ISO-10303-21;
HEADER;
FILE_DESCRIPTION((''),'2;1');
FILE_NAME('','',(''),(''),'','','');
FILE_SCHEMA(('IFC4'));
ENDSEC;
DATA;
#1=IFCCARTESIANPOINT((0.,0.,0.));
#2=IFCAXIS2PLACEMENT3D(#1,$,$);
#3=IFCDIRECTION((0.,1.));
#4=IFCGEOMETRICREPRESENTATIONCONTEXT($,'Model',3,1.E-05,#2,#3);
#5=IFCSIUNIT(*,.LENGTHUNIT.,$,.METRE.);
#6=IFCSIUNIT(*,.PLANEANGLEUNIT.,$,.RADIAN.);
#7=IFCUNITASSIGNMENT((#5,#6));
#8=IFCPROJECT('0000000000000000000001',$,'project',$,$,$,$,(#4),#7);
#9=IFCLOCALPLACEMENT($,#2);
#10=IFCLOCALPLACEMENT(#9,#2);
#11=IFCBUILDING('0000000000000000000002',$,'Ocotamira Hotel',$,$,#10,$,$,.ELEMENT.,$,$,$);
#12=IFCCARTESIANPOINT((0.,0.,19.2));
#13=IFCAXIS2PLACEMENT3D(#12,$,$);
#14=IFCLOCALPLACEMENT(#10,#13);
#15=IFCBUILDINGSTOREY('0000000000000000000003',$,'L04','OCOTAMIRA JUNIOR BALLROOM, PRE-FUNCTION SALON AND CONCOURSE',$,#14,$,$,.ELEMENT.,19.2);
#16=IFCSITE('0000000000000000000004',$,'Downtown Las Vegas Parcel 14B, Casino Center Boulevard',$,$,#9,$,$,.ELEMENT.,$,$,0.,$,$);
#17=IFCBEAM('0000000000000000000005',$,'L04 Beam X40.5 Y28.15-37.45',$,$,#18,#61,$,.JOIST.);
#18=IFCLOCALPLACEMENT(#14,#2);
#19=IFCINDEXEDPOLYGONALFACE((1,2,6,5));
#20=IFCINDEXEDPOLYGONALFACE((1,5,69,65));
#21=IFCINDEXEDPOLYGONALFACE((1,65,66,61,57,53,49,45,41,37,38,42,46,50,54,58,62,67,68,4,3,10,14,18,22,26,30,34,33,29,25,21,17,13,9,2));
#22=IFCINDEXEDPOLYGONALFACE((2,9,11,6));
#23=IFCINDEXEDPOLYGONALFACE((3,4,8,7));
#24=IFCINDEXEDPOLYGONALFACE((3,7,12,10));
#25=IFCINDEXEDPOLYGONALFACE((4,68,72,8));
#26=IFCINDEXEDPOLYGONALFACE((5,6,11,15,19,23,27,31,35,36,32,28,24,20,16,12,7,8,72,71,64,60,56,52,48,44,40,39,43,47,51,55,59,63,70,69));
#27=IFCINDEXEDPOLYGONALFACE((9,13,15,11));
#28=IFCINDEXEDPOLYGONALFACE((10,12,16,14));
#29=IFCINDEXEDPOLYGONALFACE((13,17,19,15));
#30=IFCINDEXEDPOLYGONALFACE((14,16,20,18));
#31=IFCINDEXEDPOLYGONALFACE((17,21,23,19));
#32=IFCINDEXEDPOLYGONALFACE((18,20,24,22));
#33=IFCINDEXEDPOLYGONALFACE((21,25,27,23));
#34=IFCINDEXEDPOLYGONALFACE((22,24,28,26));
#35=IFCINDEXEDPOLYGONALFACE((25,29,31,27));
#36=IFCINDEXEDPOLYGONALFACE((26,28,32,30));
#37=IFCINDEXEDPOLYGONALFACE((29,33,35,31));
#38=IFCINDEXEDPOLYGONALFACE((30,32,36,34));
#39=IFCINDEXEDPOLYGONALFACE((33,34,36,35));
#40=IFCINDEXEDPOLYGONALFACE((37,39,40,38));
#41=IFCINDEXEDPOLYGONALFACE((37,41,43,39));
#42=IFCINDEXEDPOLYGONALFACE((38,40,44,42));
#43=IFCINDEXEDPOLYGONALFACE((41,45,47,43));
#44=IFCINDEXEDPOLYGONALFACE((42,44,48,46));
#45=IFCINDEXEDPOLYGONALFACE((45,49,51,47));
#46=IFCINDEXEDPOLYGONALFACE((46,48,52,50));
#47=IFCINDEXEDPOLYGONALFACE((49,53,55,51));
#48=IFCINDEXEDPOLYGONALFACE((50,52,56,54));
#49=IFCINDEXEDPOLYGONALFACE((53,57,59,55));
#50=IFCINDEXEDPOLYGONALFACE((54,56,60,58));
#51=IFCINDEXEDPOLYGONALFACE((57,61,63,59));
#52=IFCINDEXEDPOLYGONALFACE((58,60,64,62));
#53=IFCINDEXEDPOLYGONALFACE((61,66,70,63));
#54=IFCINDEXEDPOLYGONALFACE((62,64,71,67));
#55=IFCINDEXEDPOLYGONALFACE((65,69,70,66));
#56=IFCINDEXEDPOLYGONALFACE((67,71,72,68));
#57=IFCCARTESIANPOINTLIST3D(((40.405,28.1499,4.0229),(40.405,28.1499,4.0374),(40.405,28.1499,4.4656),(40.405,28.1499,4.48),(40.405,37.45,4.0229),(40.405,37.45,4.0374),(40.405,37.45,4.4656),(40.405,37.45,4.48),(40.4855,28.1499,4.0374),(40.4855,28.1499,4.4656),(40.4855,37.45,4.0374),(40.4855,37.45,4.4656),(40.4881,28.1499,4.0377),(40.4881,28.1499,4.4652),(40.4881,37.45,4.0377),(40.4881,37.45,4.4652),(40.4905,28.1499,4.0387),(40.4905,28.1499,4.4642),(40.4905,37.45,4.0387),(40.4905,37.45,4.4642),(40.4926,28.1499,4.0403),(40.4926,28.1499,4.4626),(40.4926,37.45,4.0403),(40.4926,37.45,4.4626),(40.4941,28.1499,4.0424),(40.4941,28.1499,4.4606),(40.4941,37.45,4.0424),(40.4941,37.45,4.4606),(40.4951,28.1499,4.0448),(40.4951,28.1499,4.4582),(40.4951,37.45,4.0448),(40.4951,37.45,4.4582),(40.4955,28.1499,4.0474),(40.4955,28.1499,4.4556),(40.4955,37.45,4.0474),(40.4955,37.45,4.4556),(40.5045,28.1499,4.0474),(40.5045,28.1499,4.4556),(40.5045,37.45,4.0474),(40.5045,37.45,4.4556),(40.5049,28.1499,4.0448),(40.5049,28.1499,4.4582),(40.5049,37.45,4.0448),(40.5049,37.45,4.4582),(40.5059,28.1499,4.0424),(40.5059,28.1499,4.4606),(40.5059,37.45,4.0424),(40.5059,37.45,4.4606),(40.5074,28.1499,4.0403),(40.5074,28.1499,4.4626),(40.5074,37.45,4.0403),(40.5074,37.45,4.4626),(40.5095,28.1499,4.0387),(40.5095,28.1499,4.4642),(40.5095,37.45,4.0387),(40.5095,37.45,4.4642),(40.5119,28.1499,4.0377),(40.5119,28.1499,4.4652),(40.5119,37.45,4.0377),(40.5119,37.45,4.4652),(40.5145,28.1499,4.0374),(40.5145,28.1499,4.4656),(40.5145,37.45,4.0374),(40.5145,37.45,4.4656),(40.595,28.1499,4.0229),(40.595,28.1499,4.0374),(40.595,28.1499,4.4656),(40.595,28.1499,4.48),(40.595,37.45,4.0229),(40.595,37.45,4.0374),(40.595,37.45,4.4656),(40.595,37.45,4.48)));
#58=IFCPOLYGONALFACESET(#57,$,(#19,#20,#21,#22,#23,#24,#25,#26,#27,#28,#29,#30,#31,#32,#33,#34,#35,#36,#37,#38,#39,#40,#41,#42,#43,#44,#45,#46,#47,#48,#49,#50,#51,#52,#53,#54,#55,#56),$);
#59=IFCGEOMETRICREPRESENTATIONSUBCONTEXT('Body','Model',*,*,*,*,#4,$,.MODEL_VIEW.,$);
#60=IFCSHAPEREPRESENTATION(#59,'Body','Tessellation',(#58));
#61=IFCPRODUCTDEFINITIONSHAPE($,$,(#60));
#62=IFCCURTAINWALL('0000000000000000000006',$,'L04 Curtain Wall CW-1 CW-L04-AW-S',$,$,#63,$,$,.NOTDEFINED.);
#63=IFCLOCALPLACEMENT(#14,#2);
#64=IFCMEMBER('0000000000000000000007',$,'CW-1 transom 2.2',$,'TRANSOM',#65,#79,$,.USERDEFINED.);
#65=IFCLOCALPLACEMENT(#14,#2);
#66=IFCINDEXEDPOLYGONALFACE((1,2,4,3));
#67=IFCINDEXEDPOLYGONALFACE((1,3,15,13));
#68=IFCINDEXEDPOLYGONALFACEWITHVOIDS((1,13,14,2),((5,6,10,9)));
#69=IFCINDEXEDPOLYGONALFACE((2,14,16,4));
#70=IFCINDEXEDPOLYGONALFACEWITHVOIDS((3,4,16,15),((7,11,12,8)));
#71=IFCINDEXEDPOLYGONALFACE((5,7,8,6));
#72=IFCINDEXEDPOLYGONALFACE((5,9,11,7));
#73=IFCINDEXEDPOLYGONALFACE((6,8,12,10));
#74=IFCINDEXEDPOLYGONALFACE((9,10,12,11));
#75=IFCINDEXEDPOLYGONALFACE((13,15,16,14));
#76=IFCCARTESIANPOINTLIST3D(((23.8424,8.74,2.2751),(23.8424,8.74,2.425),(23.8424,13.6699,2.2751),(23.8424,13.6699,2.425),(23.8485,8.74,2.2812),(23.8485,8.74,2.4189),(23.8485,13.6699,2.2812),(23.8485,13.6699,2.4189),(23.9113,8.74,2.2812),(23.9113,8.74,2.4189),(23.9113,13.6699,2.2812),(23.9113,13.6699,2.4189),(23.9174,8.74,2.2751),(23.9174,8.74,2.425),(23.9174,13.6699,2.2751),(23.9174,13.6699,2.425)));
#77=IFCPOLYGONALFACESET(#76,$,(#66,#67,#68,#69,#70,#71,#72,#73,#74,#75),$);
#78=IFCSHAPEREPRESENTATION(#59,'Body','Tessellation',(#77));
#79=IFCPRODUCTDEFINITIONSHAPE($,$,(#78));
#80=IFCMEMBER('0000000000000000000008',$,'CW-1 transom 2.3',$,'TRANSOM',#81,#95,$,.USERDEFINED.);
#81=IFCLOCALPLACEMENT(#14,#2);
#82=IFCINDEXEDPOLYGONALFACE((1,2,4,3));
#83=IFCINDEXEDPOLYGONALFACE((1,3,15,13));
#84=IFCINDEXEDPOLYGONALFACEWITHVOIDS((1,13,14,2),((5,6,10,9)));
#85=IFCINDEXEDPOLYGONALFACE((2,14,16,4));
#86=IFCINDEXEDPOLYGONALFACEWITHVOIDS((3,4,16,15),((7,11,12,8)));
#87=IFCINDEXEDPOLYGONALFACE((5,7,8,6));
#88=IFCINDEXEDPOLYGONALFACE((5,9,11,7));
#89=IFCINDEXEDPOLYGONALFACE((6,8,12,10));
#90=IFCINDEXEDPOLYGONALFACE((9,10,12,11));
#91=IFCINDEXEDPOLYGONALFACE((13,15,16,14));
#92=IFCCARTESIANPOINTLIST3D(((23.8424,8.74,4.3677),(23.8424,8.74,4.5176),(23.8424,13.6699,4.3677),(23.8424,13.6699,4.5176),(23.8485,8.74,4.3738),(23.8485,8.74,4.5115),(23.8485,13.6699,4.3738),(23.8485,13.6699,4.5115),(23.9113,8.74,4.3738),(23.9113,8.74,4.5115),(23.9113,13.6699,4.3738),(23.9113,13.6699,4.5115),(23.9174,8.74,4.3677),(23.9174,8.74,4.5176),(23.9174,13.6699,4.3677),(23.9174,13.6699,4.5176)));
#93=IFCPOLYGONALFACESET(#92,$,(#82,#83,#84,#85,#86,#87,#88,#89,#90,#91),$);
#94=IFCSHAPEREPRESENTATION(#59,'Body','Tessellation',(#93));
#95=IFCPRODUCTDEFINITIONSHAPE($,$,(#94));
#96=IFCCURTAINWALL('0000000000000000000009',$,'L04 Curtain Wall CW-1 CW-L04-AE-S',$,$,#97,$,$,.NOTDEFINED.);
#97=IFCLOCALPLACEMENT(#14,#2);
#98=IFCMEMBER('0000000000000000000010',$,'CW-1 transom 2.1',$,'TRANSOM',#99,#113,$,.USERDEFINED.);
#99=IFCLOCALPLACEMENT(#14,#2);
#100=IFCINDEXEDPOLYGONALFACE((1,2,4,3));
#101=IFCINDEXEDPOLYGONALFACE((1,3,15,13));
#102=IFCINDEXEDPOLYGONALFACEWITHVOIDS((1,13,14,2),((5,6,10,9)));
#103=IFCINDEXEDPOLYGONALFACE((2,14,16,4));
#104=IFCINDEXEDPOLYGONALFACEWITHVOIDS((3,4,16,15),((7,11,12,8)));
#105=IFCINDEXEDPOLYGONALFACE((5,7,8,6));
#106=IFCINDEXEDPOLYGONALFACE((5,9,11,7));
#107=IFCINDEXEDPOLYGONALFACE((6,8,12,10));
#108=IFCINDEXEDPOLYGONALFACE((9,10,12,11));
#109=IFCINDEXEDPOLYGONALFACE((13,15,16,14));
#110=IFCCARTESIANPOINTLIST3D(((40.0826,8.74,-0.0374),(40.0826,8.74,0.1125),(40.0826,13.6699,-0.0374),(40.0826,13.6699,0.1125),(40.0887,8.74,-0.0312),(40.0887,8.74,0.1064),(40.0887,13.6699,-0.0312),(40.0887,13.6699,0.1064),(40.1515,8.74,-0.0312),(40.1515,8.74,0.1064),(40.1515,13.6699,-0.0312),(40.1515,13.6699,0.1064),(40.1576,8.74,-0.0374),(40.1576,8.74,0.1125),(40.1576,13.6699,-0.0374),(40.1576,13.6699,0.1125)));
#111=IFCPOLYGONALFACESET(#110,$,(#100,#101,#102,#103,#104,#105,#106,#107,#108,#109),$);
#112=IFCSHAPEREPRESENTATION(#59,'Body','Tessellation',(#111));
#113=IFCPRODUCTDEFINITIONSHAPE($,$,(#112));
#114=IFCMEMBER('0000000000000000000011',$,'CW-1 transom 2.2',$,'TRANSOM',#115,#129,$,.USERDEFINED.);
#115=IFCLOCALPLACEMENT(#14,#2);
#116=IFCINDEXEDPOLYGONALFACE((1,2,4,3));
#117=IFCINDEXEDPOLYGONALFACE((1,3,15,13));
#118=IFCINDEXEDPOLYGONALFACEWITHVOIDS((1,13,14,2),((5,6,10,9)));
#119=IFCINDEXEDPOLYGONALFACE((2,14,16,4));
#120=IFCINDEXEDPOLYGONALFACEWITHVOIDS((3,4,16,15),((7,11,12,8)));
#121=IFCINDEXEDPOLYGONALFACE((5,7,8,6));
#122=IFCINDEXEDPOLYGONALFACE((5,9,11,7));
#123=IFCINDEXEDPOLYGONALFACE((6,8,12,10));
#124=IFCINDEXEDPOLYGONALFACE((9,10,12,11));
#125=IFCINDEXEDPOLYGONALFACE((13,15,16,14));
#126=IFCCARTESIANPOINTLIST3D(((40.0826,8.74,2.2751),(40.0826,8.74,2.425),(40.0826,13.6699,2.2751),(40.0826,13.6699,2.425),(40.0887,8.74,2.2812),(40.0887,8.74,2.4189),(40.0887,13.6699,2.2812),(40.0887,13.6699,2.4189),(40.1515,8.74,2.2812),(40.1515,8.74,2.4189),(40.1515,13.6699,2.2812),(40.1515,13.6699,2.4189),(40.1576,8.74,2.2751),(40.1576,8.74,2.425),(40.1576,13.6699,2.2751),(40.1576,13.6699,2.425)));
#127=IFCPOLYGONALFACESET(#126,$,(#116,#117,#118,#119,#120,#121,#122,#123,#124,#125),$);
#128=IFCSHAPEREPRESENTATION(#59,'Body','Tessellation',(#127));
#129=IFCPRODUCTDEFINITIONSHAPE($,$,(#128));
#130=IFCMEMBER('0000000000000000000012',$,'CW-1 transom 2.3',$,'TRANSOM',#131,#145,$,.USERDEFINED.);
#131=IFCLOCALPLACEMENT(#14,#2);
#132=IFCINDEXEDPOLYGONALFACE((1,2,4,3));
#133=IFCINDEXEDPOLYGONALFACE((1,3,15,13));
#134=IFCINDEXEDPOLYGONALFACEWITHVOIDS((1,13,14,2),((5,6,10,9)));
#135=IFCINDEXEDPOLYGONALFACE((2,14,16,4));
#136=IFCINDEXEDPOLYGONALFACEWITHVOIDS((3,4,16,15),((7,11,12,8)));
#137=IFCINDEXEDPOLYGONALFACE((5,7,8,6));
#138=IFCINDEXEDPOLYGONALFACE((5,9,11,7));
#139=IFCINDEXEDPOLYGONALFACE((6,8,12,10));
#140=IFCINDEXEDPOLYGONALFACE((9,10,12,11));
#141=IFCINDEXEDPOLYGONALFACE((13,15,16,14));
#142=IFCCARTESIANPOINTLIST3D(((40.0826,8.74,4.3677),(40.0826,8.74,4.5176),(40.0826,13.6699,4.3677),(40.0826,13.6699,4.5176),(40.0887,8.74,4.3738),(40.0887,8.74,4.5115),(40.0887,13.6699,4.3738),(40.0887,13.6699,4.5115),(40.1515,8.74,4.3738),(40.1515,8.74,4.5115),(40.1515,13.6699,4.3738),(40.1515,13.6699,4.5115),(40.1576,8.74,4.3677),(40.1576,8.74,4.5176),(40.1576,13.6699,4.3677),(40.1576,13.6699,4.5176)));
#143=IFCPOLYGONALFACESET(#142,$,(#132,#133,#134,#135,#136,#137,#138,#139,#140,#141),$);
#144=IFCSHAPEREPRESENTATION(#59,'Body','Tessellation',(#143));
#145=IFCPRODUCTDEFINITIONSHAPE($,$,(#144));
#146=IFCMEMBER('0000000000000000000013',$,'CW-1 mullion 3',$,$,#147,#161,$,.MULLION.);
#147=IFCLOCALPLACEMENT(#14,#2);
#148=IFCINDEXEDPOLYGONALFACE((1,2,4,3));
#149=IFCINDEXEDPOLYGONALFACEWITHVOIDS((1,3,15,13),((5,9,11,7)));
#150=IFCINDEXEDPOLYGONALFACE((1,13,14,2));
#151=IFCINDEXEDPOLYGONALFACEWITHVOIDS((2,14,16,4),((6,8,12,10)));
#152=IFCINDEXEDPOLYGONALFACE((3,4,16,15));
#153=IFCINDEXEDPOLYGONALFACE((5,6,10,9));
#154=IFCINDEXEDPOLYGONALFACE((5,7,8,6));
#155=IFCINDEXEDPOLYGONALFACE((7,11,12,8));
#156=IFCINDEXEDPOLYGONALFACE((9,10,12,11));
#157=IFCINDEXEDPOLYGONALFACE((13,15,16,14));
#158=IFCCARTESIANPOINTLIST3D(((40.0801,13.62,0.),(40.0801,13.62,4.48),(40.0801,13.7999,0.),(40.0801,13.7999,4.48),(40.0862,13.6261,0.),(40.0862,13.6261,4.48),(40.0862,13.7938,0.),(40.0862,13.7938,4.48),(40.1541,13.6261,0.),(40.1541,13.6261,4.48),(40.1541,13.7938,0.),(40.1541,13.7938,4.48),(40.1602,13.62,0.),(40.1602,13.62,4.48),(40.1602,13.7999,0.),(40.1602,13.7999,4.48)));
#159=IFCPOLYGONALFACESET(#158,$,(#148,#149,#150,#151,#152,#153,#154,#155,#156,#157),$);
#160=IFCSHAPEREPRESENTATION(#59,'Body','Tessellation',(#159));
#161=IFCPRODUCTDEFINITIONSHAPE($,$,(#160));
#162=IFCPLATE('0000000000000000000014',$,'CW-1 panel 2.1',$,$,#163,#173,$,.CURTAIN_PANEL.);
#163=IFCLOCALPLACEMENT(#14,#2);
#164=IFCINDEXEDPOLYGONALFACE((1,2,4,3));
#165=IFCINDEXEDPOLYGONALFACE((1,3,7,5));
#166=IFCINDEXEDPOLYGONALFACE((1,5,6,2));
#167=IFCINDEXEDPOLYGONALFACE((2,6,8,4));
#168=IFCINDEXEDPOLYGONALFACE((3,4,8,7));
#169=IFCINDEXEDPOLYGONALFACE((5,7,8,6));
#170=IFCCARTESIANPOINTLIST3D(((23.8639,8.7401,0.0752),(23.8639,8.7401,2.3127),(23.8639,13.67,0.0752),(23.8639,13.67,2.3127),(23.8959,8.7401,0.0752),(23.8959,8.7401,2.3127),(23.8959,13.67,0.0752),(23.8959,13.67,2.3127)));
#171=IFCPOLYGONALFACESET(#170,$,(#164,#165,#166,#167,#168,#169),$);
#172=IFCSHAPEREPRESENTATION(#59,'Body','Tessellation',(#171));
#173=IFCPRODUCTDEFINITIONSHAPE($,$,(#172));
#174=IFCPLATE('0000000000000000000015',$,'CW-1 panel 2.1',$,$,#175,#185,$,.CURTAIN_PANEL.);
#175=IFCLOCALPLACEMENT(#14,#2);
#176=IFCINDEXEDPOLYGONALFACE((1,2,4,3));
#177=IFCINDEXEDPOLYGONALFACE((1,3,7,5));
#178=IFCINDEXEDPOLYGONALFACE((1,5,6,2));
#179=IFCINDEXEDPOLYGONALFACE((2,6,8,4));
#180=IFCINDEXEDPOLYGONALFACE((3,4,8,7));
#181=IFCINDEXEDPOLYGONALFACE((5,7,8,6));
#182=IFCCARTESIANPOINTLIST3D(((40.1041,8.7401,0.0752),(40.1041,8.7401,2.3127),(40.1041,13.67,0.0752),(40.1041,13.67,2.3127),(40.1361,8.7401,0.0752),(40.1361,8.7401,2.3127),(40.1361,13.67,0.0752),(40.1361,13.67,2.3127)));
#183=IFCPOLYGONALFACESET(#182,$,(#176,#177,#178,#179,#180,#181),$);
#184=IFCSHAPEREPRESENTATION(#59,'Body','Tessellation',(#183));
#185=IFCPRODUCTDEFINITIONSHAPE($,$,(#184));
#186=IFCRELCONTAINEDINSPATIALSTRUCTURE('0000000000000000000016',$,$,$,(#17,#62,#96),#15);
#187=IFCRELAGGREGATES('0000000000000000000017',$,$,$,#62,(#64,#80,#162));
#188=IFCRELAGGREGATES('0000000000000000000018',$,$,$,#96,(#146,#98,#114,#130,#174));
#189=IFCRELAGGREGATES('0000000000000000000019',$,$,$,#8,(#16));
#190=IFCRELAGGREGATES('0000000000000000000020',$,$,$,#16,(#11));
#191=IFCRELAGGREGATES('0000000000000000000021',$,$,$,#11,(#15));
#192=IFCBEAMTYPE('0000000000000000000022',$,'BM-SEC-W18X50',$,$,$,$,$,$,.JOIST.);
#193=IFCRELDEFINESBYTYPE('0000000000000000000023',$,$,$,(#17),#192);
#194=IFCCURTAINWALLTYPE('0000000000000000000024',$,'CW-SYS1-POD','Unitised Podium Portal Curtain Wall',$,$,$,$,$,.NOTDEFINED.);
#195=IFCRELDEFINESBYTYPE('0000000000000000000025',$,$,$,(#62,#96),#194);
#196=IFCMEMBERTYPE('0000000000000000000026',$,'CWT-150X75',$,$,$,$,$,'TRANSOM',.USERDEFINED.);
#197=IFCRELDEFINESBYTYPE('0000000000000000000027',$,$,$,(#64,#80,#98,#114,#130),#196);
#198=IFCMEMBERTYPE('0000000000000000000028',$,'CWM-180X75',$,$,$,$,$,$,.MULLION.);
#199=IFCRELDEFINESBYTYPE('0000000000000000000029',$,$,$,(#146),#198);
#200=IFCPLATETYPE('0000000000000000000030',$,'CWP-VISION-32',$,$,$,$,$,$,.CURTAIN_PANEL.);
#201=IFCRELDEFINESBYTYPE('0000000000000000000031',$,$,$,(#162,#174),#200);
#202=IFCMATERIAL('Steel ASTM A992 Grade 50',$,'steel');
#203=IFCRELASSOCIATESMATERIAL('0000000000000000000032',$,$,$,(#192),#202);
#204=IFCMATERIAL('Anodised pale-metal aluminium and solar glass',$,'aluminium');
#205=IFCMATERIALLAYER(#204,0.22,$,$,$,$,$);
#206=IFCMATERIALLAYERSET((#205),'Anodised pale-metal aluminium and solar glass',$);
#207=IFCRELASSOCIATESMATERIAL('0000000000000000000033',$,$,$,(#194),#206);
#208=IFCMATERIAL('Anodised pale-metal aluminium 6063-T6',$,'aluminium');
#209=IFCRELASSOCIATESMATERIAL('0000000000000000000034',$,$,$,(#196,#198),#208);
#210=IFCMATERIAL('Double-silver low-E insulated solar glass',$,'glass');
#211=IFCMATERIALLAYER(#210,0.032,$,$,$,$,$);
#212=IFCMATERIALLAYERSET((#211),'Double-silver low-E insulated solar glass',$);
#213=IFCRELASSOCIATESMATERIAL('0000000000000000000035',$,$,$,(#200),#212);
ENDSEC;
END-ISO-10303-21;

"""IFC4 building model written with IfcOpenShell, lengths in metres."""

from ifc_helpers import new_model, si_unit, direction, frame, origin, origin_2d, place, context, subcontext, project, spatial, rectangle, hollow_rectangle, i_section, extrude, source, transform, mapped, material, layer, layer_set, material_profile, profile_set, type_object, element, aggregate, save


model = new_model("IFC4")

# Units and contexts
model_context = context("Model", 3, precision=1e-05, world=origin(), true_north=direction((0.0, 1.0)))
body_context = subcontext(model_context, "Body", "Model", "MODEL_VIEW")
ifc_project = project(units=[si_unit("LENGTHUNIT", "METRE"), si_unit("PLANEANGLEUNIT", "RADIAN")], contexts=[model_context])

# Site, building, storey
site_placement = place(None, origin())
site = spatial("IfcSite", under=ifc_project, at=site_placement, Name="Downtown Las Vegas Parcel 14B, Casino Center Boulevard", CompositionType="ELEMENT", RefElevation=0.0)
building_placement = place(site_placement, origin())
building = spatial("IfcBuilding", under=site, at=building_placement, Name="Ocotamira Hotel", CompositionType="ELEMENT")
storey_placement = place(building_placement, frame((0.0, 0.0, 19.2)))
storey = spatial("IfcBuildingStorey", under=building, at=storey_placement, Name="L04", Description="OCOTAMIRA JUNIOR BALLROOM, PRE-FUNCTION SALON AND CONCOURSE", CompositionType="ELEMENT", Elevation=19.2)

# Beam
ifc_material_1 = material(Name="Steel ASTM A992 Grade 50", Category="steel")
ifc_material_profile_1 = material_profile(ifc_material_1, i_section(OverallWidth=0.1899, OverallDepth=0.457, WebThickness=0.009, FlangeThickness=0.0144, FilletRadius=0.01, at=origin_2d()), Name="W18X50")
ifc_profile_set_1 = profile_set([ifc_material_profile_1], Name="Steel ASTM A992 Grade 50")
beam_type_1 = type_object("IfcBeamType", Name="BM-SEC-W18X50", PredefinedType="JOIST", material=ifc_profile_set_1)
shared_shape_1 = source(origin(), body_context, "Body", "SweptSolid", [
    extrude(i_section(OverallWidth=0.1899, OverallDepth=0.457, WebThickness=0.009, FlangeThickness=0.0144, FilletRadius=0.01, at=origin_2d()), origin(), (0.0, 0.0, 1.0), 9.3),
])
beam_1_placement = place(storey_placement, frame((40.5, 28.1499, 4.2515), z_axis=(0.0, 1.0, 0.0), x_axis=(-1.0, 0.0, 0.0)))
element("IfcBeam", 1, at=beam_1_placement, inside=storey, type_object=beam_type_1, Name="L04 Beam X40.5 Y28.15-37.45", PredefinedType="JOIST", context=body_context, shape_type="MappedRepresentation", body=[
    mapped(shared_shape_1, transform((0.0, 0.0, 0.0), scale=1.0)),
])

# Curtain walls, members
ifc_material_2 = material(Name="Anodised pale-metal aluminium and solar glass", Category="aluminium")
ifc_layer_1 = layer(ifc_material_2, 0.22)
ifc_layer_set_1 = layer_set([ifc_layer_1], Name="Anodised pale-metal aluminium and solar glass")
curtain_wall_type = type_object("IfcCurtainWallType", Name="CW-SYS1-POD", Description="Unitised Podium Portal Curtain Wall", PredefinedType="NOTDEFINED", material=ifc_layer_set_1)
curtain_wall_1_placement = place(storey_placement, origin())
curtain_wall_1 = element("IfcCurtainWall", 2, at=curtain_wall_1_placement, inside=storey, type_object=curtain_wall_type, Name="L04 Curtain Wall CW-1 CW-L04-AW-S", PredefinedType="NOTDEFINED")
ifc_material_3 = material(Name="Anodised pale-metal aluminium 6063-T6", Category="aluminium")
ifc_material_profile_2 = material_profile(ifc_material_3, hollow_rectangle(XDim=0.075, YDim=0.1499, WallThickness=0.0061, at=origin_2d()), Name="HSS150X75X6")
ifc_profile_set_2 = profile_set([ifc_material_profile_2], Name="Anodised pale-metal aluminium 6063-T6")
member_type_1 = type_object("IfcMemberType", Name="CWT-150X75", ElementType="TRANSOM", PredefinedType="USERDEFINED", material=ifc_profile_set_2)
shared_shape_2 = source(origin(), body_context, "Body", "SweptSolid", [
    extrude(hollow_rectangle(XDim=0.075, YDim=0.1499, WallThickness=0.0061, at=origin_2d()), origin(), (0.0, 0.0, 1.0), 4.9299),
])
member_1_placement = place(storey_placement, frame((23.8799, 8.74, 2.3501), z_axis=(0.0, 1.0, 0.0), x_axis=(-1.0, 0.0, 0.0)))
member_1 = element("IfcMember", 3, at=member_1_placement, type_object=member_type_1, Name="CW-1 transom 2.2", ObjectType="TRANSOM", PredefinedType="USERDEFINED", context=body_context, shape_type="MappedRepresentation", body=[
    mapped(shared_shape_2, transform((0.0, 0.0, 0.0), scale=1.0)),
])
member_2_placement = place(storey_placement, frame((23.8799, 8.74, 4.4426), z_axis=(0.0, 1.0, 0.0), x_axis=(-1.0, 0.0, 0.0)))
member_2 = element("IfcMember", 4, at=member_2_placement, type_object=member_type_1, Name="CW-1 transom 2.3", ObjectType="TRANSOM", PredefinedType="USERDEFINED", context=body_context, shape_type="MappedRepresentation", body=[
    mapped(shared_shape_2, transform((0.0, 0.0, 0.0), scale=1.0)),
])
curtain_wall_2_placement = place(storey_placement, origin())
curtain_wall_2 = element("IfcCurtainWall", 5, at=curtain_wall_2_placement, inside=storey, type_object=curtain_wall_type, Name="L04 Curtain Wall CW-1 CW-L04-AE-S", PredefinedType="NOTDEFINED")
member_3_placement = place(storey_placement, frame((40.1201, 8.74, 0.0376), z_axis=(0.0, 1.0, 0.0), x_axis=(-1.0, 0.0, 0.0)))
member_3 = element("IfcMember", 6, at=member_3_placement, type_object=member_type_1, Name="CW-1 transom 2.1", ObjectType="TRANSOM", PredefinedType="USERDEFINED", context=body_context, shape_type="MappedRepresentation", body=[
    mapped(shared_shape_2, transform((0.0, 0.0, 0.0), scale=1.0)),
])
member_4_placement = place(storey_placement, frame((40.1201, 8.74, 2.3501), z_axis=(0.0, 1.0, 0.0), x_axis=(-1.0, 0.0, 0.0)))
member_4 = element("IfcMember", 7, at=member_4_placement, type_object=member_type_1, Name="CW-1 transom 2.2", ObjectType="TRANSOM", PredefinedType="USERDEFINED", context=body_context, shape_type="MappedRepresentation", body=[
    mapped(shared_shape_2, transform((0.0, 0.0, 0.0), scale=1.0)),
])
member_5_placement = place(storey_placement, frame((40.1201, 8.74, 4.4426), z_axis=(0.0, 1.0, 0.0), x_axis=(-1.0, 0.0, 0.0)))
member_5 = element("IfcMember", 8, at=member_5_placement, type_object=member_type_1, Name="CW-1 transom 2.3", ObjectType="TRANSOM", PredefinedType="USERDEFINED", context=body_context, shape_type="MappedRepresentation", body=[
    mapped(shared_shape_2, transform((0.0, 0.0, 0.0), scale=1.0)),
])
ifc_material_profile_3 = material_profile(ifc_material_3, hollow_rectangle(XDim=0.0801, YDim=0.1799, WallThickness=0.0061, at=origin_2d()), Name="HSS180X80X6")
ifc_profile_set_3 = profile_set([ifc_material_profile_3], Name="Anodised pale-metal aluminium 6063-T6")
member_type_2 = type_object("IfcMemberType", Name="CWM-180X75", PredefinedType="MULLION", material=ifc_profile_set_3)
shared_shape_3 = source(origin(), body_context, "Body", "SweptSolid", [
    extrude(hollow_rectangle(XDim=0.0801, YDim=0.1799, WallThickness=0.0061, at=origin_2d()), origin(), (0.0, 0.0, 1.0), 4.48),
])
member_6_placement = place(storey_placement, frame((40.1201, 13.71, 0.0), z_axis=(0.0, 0.0, 1.0), x_axis=(-1.0, 0.0, 0.0)))
member_6 = element("IfcMember", 9, at=member_6_placement, type_object=member_type_2, Name="CW-1 mullion 3", PredefinedType="MULLION", context=body_context, shape_type="MappedRepresentation", body=[
    mapped(shared_shape_3, transform((0.0, 0.0, 0.0), scale=1.0)),
])

# Plates
ifc_material_4 = material(Name="Double-silver low-E insulated solar glass", Category="glass")
ifc_layer_2 = layer(ifc_material_4, 0.032)
ifc_layer_set_2 = layer_set([ifc_layer_2], Name="Double-silver low-E insulated solar glass")
plate_type = type_object("IfcPlateType", Name="CWP-VISION-32", PredefinedType="CURTAIN_PANEL", material=ifc_layer_set_2)
shared_shape_4 = source(origin(), body_context, "Body", "SweptSolid", [
    extrude(rectangle(XDim=4.9299, YDim=0.032, at=origin_2d()), origin(), (0.0, 0.0, 1.0), 2.2375),
])
plate_1_placement = place(storey_placement, frame((23.8799, 11.2051, 0.0752), z_axis=(0.0, 0.0, 1.0), x_axis=(0.0, 1.0, 0.0)))
plate_1 = element("IfcPlate", 10, at=plate_1_placement, type_object=plate_type, Name="CW-1 panel 2.1", PredefinedType="CURTAIN_PANEL", context=body_context, shape_type="MappedRepresentation", body=[
    mapped(shared_shape_4, transform((0.0, 0.0, 0.0), scale=1.0)),
])
plate_2_placement = place(storey_placement, frame((40.1201, 11.2051, 0.0752), z_axis=(0.0, 0.0, 1.0), x_axis=(0.0, 1.0, 0.0)))
plate_2 = element("IfcPlate", 11, at=plate_2_placement, type_object=plate_type, Name="CW-1 panel 2.1", PredefinedType="CURTAIN_PANEL", context=body_context, shape_type="MappedRepresentation", body=[
    mapped(shared_shape_4, transform((0.0, 0.0, 0.0), scale=1.0)),
])
aggregate(curtain_wall_1, [member_1, member_2, plate_1])
aggregate(curtain_wall_2, [member_6, member_3, member_4, member_5, plate_2])

save(model, "model.ifc")
